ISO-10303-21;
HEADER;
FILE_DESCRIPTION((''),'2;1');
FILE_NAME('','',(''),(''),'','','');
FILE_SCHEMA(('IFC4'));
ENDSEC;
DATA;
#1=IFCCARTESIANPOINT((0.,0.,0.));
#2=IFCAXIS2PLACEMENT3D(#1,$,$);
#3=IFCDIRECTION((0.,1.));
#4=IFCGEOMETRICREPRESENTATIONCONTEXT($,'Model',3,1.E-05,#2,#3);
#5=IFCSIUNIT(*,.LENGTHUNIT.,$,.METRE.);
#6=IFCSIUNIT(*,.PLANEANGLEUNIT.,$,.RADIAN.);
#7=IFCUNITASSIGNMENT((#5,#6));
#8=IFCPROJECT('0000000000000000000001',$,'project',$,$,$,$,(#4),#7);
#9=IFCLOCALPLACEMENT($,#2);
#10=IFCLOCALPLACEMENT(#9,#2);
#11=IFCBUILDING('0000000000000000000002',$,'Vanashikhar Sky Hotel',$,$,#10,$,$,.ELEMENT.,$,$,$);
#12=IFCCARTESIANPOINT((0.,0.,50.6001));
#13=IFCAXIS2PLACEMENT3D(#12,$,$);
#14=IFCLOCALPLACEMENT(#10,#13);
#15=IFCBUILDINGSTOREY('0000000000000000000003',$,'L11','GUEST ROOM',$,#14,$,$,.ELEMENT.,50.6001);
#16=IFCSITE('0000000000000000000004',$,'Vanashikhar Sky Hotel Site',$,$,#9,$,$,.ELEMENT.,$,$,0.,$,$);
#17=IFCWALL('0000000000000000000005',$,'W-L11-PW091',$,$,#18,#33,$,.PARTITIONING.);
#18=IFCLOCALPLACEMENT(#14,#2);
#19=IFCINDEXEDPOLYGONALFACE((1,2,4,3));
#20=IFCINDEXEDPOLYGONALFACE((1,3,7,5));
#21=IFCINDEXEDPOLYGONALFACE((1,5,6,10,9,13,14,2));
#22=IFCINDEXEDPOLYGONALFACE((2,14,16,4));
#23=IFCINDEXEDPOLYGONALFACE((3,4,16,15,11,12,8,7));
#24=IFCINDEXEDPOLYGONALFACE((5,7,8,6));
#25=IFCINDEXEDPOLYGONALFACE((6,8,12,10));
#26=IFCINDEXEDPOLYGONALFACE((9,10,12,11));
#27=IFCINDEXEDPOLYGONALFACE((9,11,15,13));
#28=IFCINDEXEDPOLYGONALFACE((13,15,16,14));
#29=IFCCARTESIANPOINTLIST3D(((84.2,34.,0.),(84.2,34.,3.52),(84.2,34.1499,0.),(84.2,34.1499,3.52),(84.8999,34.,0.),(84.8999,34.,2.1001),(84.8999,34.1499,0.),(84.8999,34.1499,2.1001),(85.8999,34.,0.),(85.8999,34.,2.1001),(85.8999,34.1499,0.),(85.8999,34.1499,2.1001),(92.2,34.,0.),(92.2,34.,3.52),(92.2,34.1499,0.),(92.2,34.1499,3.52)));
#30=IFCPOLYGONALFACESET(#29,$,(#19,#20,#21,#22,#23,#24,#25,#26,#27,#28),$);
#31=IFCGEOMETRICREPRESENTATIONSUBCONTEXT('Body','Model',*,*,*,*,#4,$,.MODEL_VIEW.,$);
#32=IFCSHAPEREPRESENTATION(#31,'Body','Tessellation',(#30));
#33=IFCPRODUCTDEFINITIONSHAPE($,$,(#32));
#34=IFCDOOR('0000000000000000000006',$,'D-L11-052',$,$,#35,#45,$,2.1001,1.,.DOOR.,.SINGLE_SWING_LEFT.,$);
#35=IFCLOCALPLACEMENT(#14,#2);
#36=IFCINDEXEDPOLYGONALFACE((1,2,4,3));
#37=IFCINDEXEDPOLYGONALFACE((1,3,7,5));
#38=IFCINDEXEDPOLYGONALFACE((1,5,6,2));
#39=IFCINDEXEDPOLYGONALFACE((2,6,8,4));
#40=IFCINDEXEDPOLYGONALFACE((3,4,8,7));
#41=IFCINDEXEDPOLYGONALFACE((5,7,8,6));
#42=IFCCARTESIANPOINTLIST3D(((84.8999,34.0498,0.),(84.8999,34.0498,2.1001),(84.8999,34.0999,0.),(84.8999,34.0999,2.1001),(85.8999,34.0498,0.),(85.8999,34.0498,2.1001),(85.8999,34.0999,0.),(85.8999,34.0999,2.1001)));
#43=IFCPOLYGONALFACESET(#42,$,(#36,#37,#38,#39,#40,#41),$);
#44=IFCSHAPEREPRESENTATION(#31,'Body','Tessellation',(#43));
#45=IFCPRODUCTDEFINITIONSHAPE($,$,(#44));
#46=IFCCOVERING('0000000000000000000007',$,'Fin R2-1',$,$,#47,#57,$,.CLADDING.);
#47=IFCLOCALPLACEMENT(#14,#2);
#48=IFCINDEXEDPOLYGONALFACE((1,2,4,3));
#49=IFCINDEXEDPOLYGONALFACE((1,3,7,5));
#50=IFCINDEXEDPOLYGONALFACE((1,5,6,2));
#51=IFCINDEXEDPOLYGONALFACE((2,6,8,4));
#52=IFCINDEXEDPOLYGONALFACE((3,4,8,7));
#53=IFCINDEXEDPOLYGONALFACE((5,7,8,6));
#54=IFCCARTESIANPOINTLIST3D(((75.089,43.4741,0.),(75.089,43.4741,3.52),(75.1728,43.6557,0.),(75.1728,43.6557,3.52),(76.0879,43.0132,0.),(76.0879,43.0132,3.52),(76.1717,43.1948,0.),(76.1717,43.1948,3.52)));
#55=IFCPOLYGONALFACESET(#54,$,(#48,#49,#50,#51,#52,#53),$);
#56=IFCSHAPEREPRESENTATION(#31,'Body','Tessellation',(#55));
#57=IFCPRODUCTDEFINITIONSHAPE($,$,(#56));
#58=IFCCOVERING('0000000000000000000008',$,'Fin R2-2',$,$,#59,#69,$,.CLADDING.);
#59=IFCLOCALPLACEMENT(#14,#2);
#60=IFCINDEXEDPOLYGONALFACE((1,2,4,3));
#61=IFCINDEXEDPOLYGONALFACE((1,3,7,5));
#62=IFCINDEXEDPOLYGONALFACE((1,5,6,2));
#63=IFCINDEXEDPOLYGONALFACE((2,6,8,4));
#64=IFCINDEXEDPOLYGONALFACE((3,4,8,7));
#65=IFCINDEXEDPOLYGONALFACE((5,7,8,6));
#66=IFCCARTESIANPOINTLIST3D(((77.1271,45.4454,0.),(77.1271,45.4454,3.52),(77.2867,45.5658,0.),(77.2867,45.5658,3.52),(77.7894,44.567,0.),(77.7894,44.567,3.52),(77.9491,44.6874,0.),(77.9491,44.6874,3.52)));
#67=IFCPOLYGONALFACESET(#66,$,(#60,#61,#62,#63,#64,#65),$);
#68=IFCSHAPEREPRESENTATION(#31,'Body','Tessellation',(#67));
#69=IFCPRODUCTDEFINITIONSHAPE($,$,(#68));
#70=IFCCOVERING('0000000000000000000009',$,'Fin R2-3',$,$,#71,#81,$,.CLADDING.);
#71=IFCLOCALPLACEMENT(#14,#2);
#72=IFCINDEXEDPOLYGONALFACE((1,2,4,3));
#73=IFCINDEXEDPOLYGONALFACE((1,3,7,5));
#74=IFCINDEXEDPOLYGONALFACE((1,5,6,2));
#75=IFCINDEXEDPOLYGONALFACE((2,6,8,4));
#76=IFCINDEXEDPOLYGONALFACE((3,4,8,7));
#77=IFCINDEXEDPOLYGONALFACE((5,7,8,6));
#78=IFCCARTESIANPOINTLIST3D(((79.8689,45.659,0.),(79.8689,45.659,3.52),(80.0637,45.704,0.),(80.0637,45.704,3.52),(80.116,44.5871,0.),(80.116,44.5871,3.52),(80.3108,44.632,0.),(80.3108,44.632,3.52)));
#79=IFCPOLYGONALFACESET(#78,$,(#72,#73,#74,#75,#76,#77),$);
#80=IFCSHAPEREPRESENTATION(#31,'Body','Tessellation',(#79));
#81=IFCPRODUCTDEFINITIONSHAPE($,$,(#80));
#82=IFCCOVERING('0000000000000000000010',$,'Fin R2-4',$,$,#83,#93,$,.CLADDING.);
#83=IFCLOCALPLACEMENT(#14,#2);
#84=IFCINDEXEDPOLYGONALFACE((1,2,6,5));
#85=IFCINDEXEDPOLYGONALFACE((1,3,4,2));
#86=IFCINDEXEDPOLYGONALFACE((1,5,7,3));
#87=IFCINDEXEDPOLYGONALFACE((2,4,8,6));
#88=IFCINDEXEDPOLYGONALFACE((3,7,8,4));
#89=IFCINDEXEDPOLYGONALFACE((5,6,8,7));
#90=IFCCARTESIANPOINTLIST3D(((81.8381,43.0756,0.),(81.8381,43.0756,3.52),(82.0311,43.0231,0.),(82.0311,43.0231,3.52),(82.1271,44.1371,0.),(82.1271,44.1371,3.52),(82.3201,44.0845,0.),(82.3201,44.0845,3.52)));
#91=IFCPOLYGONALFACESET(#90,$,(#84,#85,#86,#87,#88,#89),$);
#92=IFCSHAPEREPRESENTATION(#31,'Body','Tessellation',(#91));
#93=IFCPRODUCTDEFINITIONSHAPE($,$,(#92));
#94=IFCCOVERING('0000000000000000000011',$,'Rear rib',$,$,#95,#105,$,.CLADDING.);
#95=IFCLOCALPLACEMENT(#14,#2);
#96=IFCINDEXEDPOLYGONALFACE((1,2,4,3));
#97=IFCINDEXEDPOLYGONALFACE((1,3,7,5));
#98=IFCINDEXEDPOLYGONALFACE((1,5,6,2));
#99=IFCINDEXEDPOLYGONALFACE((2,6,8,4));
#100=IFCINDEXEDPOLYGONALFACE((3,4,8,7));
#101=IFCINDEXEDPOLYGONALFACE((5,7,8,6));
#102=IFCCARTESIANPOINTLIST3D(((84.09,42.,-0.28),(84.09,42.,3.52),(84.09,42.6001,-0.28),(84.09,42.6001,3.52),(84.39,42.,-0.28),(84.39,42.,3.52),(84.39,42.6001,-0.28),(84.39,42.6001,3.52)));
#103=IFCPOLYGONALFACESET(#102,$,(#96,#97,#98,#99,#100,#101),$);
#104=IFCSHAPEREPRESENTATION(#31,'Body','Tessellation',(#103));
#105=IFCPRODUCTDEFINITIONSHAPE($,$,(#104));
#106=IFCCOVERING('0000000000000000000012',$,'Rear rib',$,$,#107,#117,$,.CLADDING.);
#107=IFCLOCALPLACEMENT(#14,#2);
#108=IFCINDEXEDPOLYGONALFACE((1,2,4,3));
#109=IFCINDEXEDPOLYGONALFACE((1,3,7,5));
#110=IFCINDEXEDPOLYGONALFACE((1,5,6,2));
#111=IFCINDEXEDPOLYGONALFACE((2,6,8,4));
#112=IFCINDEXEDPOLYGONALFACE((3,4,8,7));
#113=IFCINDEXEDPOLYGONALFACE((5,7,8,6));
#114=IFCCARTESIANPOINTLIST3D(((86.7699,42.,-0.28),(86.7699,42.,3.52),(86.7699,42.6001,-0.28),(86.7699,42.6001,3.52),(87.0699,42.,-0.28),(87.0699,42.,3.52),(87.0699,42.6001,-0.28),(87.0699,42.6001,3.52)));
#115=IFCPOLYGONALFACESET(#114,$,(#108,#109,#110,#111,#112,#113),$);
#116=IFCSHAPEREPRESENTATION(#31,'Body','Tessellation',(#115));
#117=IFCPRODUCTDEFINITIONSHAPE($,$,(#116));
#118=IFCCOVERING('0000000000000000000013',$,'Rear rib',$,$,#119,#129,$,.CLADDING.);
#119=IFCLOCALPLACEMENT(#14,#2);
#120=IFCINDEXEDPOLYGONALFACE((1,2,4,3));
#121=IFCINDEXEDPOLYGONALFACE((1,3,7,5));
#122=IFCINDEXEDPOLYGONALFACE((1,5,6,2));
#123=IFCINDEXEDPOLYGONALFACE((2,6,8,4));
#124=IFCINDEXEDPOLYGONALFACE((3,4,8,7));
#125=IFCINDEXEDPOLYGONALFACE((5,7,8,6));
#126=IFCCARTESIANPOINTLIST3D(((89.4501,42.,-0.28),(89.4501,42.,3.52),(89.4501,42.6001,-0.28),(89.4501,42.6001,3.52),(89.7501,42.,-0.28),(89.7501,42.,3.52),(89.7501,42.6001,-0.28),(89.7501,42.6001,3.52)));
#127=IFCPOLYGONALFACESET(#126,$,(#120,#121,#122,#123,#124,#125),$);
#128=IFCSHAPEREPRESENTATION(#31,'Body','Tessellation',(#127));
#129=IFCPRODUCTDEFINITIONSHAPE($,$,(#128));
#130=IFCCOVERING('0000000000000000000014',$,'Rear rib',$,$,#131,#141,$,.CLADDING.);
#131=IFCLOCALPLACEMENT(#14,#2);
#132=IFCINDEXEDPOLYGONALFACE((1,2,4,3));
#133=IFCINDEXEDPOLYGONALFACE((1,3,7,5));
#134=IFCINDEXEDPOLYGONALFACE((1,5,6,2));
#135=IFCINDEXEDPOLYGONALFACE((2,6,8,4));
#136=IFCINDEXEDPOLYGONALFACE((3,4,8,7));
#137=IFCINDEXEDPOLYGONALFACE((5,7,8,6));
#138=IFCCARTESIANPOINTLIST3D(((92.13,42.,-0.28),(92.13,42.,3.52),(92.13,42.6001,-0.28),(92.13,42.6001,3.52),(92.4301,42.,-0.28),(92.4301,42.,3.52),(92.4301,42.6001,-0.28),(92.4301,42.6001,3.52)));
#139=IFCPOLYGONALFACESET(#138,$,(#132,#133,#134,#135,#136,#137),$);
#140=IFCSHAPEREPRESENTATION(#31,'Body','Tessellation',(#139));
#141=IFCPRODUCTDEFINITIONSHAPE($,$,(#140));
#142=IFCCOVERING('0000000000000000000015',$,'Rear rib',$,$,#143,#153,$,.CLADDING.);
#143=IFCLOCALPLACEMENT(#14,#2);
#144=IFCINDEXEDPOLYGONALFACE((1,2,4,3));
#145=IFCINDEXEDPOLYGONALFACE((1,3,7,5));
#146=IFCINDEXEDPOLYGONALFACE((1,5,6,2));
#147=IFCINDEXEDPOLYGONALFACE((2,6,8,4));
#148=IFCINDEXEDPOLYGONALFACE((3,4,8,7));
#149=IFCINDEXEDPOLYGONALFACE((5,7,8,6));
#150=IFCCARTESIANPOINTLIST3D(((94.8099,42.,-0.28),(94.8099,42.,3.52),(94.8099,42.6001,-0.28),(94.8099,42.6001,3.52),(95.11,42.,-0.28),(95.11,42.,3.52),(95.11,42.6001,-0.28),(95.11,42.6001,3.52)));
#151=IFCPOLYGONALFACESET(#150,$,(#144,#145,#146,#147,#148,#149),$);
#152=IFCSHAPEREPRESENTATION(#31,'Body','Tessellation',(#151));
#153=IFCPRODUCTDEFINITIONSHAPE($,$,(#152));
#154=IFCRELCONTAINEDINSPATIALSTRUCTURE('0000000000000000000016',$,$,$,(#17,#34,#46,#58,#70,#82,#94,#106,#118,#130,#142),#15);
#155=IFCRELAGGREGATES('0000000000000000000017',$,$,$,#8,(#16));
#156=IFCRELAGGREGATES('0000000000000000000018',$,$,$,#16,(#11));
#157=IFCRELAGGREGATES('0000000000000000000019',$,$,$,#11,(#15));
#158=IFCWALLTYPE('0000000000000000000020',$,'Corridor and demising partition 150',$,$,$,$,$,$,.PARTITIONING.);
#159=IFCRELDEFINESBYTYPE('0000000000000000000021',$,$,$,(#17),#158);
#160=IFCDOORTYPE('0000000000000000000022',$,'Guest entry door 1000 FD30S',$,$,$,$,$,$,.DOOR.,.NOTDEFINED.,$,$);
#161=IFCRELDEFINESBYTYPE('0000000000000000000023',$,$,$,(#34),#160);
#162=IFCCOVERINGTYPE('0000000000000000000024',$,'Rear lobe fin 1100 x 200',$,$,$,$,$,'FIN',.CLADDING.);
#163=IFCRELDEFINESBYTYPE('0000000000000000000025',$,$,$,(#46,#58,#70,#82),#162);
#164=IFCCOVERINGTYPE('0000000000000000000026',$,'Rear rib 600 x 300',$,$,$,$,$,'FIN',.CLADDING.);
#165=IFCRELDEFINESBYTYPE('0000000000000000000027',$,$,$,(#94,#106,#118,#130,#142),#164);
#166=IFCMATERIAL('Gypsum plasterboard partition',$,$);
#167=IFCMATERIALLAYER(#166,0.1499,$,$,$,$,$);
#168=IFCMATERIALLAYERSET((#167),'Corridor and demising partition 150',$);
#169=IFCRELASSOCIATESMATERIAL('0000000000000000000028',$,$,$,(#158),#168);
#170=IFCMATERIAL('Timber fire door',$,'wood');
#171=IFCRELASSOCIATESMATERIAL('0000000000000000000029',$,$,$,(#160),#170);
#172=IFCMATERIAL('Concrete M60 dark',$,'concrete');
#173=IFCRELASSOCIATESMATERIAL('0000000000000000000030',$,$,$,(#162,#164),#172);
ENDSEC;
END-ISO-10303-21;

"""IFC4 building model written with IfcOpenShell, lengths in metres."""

from ifc_helpers import new_model, si_unit, direction, frame, frame_2d, origin, origin_2d, place, context, subcontext, project, spatial, rectangle, extrude, source, transform, mapped, material, layer, layer_set, material_profile, profile_set, type_object, element, fill, save


model = new_model("IFC4")

# Units and contexts
model_context = context("Model", 3, precision=1e-05, world=origin(), true_north=direction((0.0, 1.0)))
body_context = subcontext(model_context, "Body", "Model", "MODEL_VIEW")
ifc_project = project(units=[si_unit("LENGTHUNIT", "METRE"), si_unit("PLANEANGLEUNIT", "RADIAN")], contexts=[model_context])

# Site, building, storey
site_placement = place(None, origin())
site = spatial("IfcSite", under=ifc_project, at=site_placement, Name="Vanashikhar Sky Hotel Site", CompositionType="ELEMENT", RefElevation=0.0)
building_placement = place(site_placement, origin())
building = spatial("IfcBuilding", under=site, at=building_placement, Name="Vanashikhar Sky Hotel", CompositionType="ELEMENT")
storey_placement = place(building_placement, frame((0.0, 0.0, 50.6001)))
storey = spatial("IfcBuildingStorey", under=building, at=storey_placement, Name="L11", Description="GUEST ROOM", CompositionType="ELEMENT", Elevation=50.6001)

# Wall, opening, door
ifc_material_1 = material(Name="Gypsum plasterboard partition")
ifc_layer_1 = layer(ifc_material_1, 0.1499)
ifc_layer_set_1 = layer_set([ifc_layer_1], Name="Corridor and demising partition 150")
wall_type_1 = type_object("IfcWallType", Name="Corridor and demising partition 150", PredefinedType="PARTITIONING", material=ifc_layer_set_1)
shared_shape_1 = source(origin(), body_context, "Body", "SweptSolid", [
    extrude(rectangle(XDim=8.0, YDim=0.1499, at=frame_2d((4.0, 0.0))), origin(), (0.0, 0.0, 1.0), 3.52),
])
wall_1_placement = place(storey_placement, frame((84.2, 34.075, 0.0), z_axis=(0.0, 0.0, 1.0), x_axis=(1.0, 0.0, 0.0)))
wall_1 = element("IfcWall", 1, at=wall_1_placement, inside=storey, type_object=wall_type_1, Name="W-L11-PW091", PredefinedType="PARTITIONING", context=body_context, shape_type="MappedRepresentation", body=[
    mapped(shared_shape_1, transform((0.0, 0.0, 0.0), scale=1.0)),
])
shared_shape_2 = source(origin(), body_context, "Body", "SweptSolid", [
    extrude(rectangle(XDim=1.0, YDim=2.1001, at=frame_2d((0.5, 1.05))), frame((0.0, 0.085, 0.0), z_axis=(0.0, -1.0, 0.0), x_axis=(1.0, 0.0, 0.0)), (0.0, 0.0, 1.0), 0.1699),
])
opening_1_placement = place(wall_1_placement, frame((0.7, 0.0, 0.0)))
opening_1 = element("IfcOpeningElement", 2, at=opening_1_placement, cuts=wall_1, PredefinedType="OPENING", context=body_context, shape_type="MappedRepresentation", body=[
    mapped(shared_shape_2, transform((0.0, 0.0, 0.0), scale=1.0)),
])
ifc_material_2 = material(Name="Timber fire door", Category="wood")
door_type = type_object("IfcDoorType", Name="Guest entry door 1000 FD30S", OperationType="NOTDEFINED", PredefinedType="DOOR", material=ifc_material_2)
shared_shape_3 = source(origin(), body_context, "Body", "SweptSolid", [
    extrude(rectangle(XDim=1.0, YDim=2.1001, at=frame_2d((0.5, 1.05))), frame((0.0, 0.0249, 0.0), z_axis=(0.0, -1.0, 0.0), x_axis=(1.0, 0.0, 0.0)), (0.0, 0.0, 1.0), 0.05),
])
door_placement = place(opening_1_placement, origin())
door = element("IfcDoor", 3, at=door_placement, inside=storey, type_object=door_type, Name="D-L11-052", OperationType="SINGLE_SWING_LEFT", OverallHeight=2.1001, OverallWidth=1.0, PredefinedType="DOOR", context=body_context, shape_type="MappedRepresentation", body=[
    mapped(shared_shape_3, transform((0.0, 0.0, 0.0), scale=1.0)),
])
fill(opening_1, door)

# Coverings
ifc_material_3 = material(Name="Concrete M60 dark", Category="concrete")
ifc_material_profile_1 = material_profile(ifc_material_3, rectangle(XDim=1.1001, YDim=0.2, at=origin_2d()))
ifc_profile_set_1 = profile_set([ifc_material_profile_1], Name="Rear lobe fin 1100 x 200")
covering_type_1 = type_object("IfcCoveringType", Name="Rear lobe fin 1100 x 200", ElementType="FIN", PredefinedType="CLADDING", material=ifc_profile_set_1)
shared_shape_4 = source(origin(), body_context, "Body", "SweptSolid", [
    extrude(rectangle(XDim=1.1001, YDim=0.2, at=origin_2d()), origin(), (0.0, 0.0, 1.0), 3.52),
])
for number, where, z_axis, x_axis, name in (
    (4, (75.6304, 43.3345, 0.0), (0.0, 0.0, 1.0), (-0.908004, 0.418961, 0.0), "Fin R2-1"),
    (5, (77.5381, 45.0664, 0.0), (0.0, 0.0, 1.0), (-0.602066, 0.798446, 0.0), "Fin R2-2"),
    (6, (80.0898, 45.1455, 0.0), (0.0, 0.0, 1.0), (-0.224645, 0.974441, 0.0), "Fin R2-3"),
    (7, (82.0791, 43.5801, 0.0), (0.0, 0.0, 1.0), (0.262711, 0.964874, 0.0), "Fin R2-4"),
):
    element("IfcCovering", number, at=place(storey_placement, frame(where, z_axis=z_axis, x_axis=x_axis)), inside=storey, type_object=covering_type_1, Name=name, PredefinedType="CLADDING", context=body_context, shape_type="MappedRepresentation", body=[
        mapped(shared_shape_4, transform((0.0, 0.0, 0.0), scale=1.0)),
    ])
ifc_material_profile_2 = material_profile(ifc_material_3, rectangle(XDim=0.6001, YDim=0.3, at=origin_2d()))
ifc_profile_set_2 = profile_set([ifc_material_profile_2], Name="Rear rib 600 x 300")
covering_type_2 = type_object("IfcCoveringType", Name="Rear rib 600 x 300", ElementType="FIN", PredefinedType="CLADDING", material=ifc_profile_set_2)
shared_shape_5 = source(origin(), body_context, "Body", "SweptSolid", [
    extrude(rectangle(XDim=0.6001, YDim=0.3, at=origin_2d()), origin(), (0.0, 0.0, 1.0), 3.8),
])
for number, where, z_axis, x_axis, name in (
    (8, (84.24, 42.3, -0.28), (0.0, 0.0, 1.0), (0.0, 1.0, 0.0), "Rear rib"),
    (9, (86.9199, 42.3, -0.28), (0.0, 0.0, 1.0), (0.0, 1.0, 0.0), "Rear rib"),
    (10, (89.6001, 42.3, -0.28), (0.0, 0.0, 1.0), (0.0, 1.0, 0.0), "Rear rib"),
    (11, (92.28, 42.3, -0.28), (0.0, 0.0, 1.0), (0.0, 1.0, 0.0), "Rear rib"),
    (12, (94.96, 42.3, -0.28), (0.0, 0.0, 1.0), (0.0, 1.0, 0.0), "Rear rib"),
):
    element("IfcCovering", number, at=place(storey_placement, frame(where, z_axis=z_axis, x_axis=x_axis)), inside=storey, type_object=covering_type_2, Name=name, PredefinedType="CLADDING", context=body_context, shape_type="MappedRepresentation", body=[
        mapped(shared_shape_5, transform((0.0, 0.0, 0.0), scale=1.0)),
    ])

save(model, "model.ifc")
